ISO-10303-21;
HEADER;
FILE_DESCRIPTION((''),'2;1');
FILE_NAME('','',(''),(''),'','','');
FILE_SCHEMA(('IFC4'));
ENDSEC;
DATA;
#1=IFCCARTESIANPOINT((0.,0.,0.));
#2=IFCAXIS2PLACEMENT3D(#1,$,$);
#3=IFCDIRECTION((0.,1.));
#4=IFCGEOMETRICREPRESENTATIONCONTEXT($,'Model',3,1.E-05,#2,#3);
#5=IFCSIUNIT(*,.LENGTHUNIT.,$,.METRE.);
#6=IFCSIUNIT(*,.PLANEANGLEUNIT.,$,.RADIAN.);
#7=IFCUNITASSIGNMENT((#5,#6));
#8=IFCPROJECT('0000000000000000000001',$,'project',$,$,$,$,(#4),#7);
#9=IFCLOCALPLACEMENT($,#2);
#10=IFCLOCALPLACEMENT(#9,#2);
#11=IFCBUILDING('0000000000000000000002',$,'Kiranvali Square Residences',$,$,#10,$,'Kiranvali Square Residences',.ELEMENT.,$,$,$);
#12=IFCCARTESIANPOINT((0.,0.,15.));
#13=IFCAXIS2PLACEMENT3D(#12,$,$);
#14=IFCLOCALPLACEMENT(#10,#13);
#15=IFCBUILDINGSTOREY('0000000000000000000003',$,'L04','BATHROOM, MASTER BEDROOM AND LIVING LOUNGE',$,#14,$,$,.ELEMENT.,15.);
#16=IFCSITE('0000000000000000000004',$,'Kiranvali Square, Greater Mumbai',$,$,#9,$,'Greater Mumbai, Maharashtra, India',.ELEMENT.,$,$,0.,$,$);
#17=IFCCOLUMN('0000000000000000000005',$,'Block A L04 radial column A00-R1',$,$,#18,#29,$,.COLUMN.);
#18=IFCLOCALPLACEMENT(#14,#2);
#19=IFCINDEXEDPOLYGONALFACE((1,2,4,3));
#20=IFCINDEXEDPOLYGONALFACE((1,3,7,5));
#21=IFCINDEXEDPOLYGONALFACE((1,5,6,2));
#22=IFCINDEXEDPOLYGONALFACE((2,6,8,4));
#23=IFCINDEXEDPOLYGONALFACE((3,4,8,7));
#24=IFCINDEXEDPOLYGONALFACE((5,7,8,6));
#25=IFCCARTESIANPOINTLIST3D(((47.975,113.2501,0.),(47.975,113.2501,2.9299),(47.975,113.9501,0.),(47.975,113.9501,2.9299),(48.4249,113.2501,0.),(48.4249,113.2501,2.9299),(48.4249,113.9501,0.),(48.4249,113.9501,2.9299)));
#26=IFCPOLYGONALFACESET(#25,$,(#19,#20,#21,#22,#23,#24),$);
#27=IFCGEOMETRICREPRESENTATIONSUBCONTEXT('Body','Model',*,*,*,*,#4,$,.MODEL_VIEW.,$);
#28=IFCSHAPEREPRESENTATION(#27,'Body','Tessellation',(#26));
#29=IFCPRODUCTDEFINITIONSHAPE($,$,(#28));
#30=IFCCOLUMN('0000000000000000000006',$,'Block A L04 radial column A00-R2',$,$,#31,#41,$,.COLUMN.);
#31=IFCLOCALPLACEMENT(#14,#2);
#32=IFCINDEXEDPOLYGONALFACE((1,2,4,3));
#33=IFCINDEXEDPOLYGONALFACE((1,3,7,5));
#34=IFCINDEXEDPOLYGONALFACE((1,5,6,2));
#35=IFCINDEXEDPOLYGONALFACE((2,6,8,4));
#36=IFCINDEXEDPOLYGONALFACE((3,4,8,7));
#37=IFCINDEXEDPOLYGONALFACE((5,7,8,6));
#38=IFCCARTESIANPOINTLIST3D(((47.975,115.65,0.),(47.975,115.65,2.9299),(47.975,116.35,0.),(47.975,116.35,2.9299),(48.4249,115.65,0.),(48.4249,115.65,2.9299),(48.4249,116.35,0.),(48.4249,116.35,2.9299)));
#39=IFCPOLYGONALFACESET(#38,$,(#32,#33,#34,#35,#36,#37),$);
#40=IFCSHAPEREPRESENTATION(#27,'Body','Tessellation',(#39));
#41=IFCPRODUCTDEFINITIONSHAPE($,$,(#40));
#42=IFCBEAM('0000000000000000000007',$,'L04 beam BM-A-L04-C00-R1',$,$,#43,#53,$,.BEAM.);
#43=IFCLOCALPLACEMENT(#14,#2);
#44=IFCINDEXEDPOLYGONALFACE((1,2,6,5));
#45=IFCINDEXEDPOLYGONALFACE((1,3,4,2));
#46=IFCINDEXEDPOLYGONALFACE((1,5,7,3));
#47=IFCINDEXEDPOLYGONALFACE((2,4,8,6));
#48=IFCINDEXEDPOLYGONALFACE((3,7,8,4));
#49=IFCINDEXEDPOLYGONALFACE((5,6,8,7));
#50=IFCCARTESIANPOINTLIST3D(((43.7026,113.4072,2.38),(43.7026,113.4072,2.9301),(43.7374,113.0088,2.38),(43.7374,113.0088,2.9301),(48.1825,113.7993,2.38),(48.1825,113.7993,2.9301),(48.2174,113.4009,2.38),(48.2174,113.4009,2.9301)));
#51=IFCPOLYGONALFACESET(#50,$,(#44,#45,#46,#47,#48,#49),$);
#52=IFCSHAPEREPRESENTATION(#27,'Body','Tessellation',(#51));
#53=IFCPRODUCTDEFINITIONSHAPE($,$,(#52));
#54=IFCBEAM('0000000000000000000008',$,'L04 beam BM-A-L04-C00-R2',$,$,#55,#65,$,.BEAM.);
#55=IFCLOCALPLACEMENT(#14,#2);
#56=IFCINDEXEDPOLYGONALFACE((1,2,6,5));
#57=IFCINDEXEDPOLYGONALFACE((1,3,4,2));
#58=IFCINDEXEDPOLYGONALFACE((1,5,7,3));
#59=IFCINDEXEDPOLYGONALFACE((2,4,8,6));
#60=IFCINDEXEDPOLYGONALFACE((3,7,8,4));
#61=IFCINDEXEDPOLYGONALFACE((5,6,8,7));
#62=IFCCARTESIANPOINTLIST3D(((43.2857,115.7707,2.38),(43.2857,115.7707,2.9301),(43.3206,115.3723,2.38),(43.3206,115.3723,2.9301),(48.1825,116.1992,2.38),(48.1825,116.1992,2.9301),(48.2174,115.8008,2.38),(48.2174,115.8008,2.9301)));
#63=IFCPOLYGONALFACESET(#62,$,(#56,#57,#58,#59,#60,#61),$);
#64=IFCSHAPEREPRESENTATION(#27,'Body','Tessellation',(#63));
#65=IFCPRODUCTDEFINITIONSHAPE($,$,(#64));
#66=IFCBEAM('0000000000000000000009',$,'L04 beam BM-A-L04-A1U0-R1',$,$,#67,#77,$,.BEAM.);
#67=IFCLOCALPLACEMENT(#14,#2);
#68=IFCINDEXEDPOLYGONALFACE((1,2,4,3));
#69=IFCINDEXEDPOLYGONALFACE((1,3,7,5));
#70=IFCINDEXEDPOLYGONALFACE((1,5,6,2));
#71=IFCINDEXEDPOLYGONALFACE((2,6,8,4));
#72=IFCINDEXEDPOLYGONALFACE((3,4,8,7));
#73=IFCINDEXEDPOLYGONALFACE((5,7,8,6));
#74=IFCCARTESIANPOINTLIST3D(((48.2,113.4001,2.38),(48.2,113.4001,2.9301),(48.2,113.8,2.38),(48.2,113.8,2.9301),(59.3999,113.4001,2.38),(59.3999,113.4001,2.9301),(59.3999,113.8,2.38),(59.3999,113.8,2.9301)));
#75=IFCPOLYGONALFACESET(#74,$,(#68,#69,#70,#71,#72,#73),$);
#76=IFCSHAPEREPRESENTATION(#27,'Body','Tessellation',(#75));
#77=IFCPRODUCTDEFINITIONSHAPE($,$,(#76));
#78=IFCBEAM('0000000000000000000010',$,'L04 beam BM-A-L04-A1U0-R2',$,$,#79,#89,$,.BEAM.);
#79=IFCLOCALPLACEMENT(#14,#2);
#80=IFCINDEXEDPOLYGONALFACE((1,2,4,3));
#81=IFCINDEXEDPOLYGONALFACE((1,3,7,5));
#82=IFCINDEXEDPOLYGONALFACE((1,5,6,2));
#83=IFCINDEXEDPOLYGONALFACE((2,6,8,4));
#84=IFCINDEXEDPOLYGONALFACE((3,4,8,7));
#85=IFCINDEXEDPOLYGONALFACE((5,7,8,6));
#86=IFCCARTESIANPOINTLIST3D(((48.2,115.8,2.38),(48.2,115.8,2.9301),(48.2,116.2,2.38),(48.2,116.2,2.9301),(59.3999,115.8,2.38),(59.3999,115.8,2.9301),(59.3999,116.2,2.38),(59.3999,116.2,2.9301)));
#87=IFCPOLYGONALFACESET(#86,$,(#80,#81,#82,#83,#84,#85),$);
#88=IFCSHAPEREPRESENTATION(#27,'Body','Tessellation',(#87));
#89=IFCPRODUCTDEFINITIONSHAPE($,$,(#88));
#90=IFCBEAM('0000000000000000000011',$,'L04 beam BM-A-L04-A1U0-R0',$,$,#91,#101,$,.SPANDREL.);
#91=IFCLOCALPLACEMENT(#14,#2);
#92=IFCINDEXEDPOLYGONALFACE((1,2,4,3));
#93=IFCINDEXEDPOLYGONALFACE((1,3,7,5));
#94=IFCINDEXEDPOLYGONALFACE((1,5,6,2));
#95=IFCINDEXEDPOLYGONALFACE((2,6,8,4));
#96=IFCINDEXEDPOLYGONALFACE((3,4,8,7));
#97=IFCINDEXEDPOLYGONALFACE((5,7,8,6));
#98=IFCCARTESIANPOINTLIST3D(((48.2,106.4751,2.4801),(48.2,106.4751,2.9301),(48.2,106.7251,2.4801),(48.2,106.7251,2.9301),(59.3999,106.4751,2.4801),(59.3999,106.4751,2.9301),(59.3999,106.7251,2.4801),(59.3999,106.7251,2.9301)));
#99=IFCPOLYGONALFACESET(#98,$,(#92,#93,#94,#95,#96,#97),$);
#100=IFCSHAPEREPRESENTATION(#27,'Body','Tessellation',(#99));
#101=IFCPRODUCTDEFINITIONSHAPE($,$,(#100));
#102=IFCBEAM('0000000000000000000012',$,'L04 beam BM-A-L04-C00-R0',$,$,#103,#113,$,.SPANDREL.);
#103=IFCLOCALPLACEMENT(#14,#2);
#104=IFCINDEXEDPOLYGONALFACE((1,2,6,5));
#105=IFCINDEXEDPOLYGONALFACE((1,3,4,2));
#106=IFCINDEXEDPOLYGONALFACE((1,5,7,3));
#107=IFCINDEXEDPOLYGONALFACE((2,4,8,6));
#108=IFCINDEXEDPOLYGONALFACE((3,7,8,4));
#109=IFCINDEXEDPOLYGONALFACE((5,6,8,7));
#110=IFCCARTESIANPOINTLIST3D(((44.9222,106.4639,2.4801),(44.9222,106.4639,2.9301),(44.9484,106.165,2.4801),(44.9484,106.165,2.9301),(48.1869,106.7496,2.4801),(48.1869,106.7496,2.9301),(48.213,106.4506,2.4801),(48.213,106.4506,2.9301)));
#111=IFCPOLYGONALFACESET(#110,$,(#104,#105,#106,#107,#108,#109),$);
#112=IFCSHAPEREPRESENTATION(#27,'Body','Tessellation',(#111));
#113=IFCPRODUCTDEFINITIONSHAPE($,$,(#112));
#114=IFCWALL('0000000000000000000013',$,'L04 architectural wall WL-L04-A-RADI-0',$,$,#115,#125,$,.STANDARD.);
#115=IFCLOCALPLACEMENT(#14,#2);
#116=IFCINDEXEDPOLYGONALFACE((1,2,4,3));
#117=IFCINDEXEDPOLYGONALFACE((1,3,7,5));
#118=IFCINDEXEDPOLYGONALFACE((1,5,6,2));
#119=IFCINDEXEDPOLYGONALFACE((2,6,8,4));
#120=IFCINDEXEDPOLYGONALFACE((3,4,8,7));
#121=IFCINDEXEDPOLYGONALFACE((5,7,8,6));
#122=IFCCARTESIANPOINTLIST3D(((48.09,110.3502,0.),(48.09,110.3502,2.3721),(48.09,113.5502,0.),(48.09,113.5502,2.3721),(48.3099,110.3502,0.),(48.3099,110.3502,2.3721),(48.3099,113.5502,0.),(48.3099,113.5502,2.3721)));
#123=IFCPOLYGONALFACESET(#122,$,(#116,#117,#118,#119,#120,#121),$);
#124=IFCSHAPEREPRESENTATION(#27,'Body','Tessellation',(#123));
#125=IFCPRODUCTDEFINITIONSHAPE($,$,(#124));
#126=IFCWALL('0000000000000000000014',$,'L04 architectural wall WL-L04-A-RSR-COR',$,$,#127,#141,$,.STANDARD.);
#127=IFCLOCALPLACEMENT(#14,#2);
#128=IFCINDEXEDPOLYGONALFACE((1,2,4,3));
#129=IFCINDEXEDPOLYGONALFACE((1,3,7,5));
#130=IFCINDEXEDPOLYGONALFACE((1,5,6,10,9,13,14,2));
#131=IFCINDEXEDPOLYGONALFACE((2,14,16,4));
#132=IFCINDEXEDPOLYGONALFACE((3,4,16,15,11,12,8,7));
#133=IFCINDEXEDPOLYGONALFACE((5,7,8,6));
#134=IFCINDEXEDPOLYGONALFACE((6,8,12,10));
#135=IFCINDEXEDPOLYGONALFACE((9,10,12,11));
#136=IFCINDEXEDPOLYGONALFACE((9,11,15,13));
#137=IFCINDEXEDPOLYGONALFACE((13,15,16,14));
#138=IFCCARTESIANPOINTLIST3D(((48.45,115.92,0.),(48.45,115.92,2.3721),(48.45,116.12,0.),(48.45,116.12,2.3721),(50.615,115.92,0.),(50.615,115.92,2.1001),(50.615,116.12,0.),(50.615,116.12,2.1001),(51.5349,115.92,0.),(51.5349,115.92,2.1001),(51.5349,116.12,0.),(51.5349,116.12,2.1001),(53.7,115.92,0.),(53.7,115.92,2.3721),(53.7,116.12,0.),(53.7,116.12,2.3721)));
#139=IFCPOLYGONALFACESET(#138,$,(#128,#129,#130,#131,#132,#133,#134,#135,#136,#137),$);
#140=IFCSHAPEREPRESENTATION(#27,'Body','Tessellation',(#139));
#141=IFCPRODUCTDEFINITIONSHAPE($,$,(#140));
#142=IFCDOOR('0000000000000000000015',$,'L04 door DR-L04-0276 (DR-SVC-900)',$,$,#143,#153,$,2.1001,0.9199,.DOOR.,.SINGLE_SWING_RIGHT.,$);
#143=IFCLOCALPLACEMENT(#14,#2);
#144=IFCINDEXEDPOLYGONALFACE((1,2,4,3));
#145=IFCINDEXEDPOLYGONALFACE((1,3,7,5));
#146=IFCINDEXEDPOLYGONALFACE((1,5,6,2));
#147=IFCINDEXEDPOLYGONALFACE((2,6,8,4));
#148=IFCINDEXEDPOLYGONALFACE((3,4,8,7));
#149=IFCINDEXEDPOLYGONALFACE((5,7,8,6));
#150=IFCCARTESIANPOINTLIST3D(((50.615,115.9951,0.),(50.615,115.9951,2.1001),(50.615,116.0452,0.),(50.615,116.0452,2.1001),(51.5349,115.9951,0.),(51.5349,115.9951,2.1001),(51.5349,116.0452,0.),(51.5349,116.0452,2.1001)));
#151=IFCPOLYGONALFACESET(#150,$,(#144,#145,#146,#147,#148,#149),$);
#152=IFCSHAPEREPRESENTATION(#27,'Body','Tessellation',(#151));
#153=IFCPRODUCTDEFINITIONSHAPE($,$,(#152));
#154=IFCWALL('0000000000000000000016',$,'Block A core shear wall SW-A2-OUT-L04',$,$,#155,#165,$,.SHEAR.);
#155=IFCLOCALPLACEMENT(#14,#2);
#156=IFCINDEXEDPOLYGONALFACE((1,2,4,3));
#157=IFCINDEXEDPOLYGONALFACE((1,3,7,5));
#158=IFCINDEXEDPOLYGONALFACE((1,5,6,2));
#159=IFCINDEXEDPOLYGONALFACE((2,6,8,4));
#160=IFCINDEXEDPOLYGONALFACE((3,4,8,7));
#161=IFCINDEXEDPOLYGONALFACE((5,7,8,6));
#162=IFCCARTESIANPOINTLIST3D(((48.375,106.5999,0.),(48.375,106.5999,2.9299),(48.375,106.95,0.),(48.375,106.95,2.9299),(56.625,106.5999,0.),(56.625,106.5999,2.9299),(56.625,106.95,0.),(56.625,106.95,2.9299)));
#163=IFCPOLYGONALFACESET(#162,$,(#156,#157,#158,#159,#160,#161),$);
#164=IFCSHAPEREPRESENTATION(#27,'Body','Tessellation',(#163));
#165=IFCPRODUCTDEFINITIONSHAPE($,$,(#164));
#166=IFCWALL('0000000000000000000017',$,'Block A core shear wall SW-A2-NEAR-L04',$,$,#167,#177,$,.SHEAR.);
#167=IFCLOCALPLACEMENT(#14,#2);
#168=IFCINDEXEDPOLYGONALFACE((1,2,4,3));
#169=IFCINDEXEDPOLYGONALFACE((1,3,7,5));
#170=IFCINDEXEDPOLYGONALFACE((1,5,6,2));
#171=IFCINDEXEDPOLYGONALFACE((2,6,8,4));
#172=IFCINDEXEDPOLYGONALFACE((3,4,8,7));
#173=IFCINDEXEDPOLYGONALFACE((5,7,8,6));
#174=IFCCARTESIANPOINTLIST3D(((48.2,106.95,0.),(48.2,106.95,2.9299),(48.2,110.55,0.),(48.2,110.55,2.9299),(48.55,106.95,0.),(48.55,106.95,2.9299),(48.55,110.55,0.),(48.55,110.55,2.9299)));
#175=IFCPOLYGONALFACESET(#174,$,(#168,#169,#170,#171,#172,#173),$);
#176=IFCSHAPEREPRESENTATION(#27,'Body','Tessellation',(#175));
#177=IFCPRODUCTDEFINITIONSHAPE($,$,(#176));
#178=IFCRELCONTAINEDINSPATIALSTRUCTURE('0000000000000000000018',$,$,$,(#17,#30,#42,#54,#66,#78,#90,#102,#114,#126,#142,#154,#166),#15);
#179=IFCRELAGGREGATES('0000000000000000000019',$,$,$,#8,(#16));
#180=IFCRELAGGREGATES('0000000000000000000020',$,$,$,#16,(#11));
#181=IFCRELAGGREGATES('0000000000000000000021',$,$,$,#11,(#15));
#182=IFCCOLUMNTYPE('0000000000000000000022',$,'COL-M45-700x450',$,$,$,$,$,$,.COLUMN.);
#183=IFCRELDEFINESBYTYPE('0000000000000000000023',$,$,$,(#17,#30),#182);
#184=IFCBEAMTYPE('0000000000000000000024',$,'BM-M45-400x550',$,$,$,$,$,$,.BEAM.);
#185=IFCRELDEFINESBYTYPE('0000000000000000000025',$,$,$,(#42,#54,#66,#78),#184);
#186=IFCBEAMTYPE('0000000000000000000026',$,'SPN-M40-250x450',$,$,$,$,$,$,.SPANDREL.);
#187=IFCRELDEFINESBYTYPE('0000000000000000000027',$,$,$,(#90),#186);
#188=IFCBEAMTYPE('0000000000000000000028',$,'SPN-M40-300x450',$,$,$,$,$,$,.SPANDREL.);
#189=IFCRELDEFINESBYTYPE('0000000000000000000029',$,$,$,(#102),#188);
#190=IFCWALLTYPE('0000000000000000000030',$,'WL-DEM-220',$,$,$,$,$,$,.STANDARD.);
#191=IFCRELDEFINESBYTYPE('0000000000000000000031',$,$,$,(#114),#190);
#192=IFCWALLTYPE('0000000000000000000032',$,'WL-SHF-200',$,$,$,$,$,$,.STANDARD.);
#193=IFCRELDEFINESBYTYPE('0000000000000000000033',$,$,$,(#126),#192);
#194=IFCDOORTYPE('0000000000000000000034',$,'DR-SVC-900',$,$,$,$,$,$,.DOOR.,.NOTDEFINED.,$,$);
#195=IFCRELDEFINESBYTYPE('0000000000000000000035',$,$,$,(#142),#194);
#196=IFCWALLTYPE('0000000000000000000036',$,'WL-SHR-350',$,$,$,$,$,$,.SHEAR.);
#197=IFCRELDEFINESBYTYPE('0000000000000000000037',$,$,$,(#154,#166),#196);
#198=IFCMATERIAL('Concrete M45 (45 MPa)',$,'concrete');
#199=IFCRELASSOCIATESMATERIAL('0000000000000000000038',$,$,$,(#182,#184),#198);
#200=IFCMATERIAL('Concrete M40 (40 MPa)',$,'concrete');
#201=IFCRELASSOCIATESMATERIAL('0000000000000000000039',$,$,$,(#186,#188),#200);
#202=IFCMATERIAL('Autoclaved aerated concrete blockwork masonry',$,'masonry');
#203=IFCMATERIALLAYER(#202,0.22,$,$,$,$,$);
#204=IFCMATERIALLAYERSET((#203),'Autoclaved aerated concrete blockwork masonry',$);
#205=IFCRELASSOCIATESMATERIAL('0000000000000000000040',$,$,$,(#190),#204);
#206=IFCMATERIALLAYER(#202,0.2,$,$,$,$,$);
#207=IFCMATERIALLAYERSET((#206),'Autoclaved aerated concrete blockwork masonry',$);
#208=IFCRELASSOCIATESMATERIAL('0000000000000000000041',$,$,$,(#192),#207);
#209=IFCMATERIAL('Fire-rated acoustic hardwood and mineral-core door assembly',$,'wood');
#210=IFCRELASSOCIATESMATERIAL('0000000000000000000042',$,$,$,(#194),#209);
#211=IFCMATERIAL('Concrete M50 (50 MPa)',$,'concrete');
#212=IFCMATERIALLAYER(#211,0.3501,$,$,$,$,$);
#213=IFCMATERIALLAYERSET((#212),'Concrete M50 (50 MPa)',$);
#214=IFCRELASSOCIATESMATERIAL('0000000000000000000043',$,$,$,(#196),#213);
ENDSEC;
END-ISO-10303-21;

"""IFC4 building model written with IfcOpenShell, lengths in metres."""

from ifc_helpers import new_model, si_unit, direction, frame, frame_2d, origin, origin_2d, place, context, subcontext, project, spatial, rectangle, extrude, material, layer, layer_set, material_profile, profile_set, type_object, element, fill, save


model = new_model("IFC4")

# Units and contexts
model_context = context("Model", 3, precision=1e-05, world=origin(), true_north=direction((0.0, 1.0)))
body_context = subcontext(model_context, "Body", "Model", "MODEL_VIEW")
ifc_project = project(units=[si_unit("LENGTHUNIT", "METRE"), si_unit("PLANEANGLEUNIT", "RADIAN")], contexts=[model_context])

# Site, building, storey
site_placement = place(None, origin())
site = spatial("IfcSite", under=ifc_project, at=site_placement, Name="Kiranvali Square, Greater Mumbai", LongName="Greater Mumbai, Maharashtra, India", CompositionType="ELEMENT", RefElevation=0.0)
building_placement = place(site_placement, origin())
building = spatial("IfcBuilding", under=site, at=building_placement, Name="Kiranvali Square Residences", LongName="Kiranvali Square Residences", CompositionType="ELEMENT")
storey_placement = place(building_placement, frame((0.0, 0.0, 15.0)))
storey = spatial("IfcBuildingStorey", under=building, at=storey_placement, Name="L04", Description="BATHROOM, MASTER BEDROOM AND LIVING LOUNGE", CompositionType="ELEMENT", Elevation=15.0)

# Columns
ifc_material_1 = material(Name="Concrete M45 (45 MPa)", Category="concrete")
ifc_material_profile_1 = material_profile(ifc_material_1, rectangle(XDim=0.45, YDim=0.7, at=origin_2d()), Name="RC 700x450")
ifc_profile_set_1 = profile_set([ifc_material_profile_1], Name="Concrete M45 (45 MPa)")
column_type = type_object("IfcColumnType", Name="COL-M45-700x450", PredefinedType="COLUMN", material=ifc_profile_set_1)
for number, where, z_axis, x_axis, name in (
    (1, (48.2, 113.6001, 0.0), (0.0, 0.0, 1.0), (1.0, 0.0, 0.0), "Block A L04 radial column A00-R1"),
    (2, (48.2, 116.0, 0.0), (0.0, 0.0, 1.0), (1.0, 0.0, 0.0), "Block A L04 radial column A00-R2"),
):
    element("IfcColumn", number, at=place(storey_placement, frame(where, z_axis=z_axis, x_axis=x_axis)), inside=storey, type_object=column_type, Name=name, PredefinedType="COLUMN", context=body_context, shape_type="SweptSolid", body=[
        extrude(rectangle(XDim=0.45, YDim=0.7, at=origin_2d()), origin(), (0.0, 0.0, 1.0), 2.9299),
    ])

# Beams
ifc_material_profile_2 = material_profile(ifc_material_1, rectangle(XDim=0.3999, YDim=0.55, at=origin_2d()), Name="RC 400x550")
ifc_profile_set_2 = profile_set([ifc_material_profile_2], Name="Concrete M45 (45 MPa)")
beam_type_1 = type_object("IfcBeamType", Name="BM-M45-400x550", PredefinedType="BEAM", material=ifc_profile_set_2)
beam_1_placement = place(storey_placement, frame((48.2, 113.6001, 2.655), z_axis=(-0.996192, -0.087187, 0.0), x_axis=(0.087187, -0.996192, 0.0)))
element("IfcBeam", 3, at=beam_1_placement, inside=storey, type_object=beam_type_1, Name="L04 beam BM-A-L04-C00-R1", PredefinedType="BEAM", context=body_context, shape_type="SweptSolid", body=[
    extrude(rectangle(XDim=0.3999, YDim=0.55, at=origin_2d()), origin(), (0.0, 0.0, 1.0), 4.4971),
])
beam_2_placement = place(storey_placement, frame((48.2, 116.0, 2.655), z_axis=(-0.996194, -0.087168, 0.0), x_axis=(0.087168, -0.996194, 0.0)))
element("IfcBeam", 4, at=beam_2_placement, inside=storey, type_object=beam_type_1, Name="L04 beam BM-A-L04-C00-R2", PredefinedType="BEAM", context=body_context, shape_type="SweptSolid", body=[
    extrude(rectangle(XDim=0.3999, YDim=0.55, at=origin_2d()), origin(), (0.0, 0.0, 1.0), 4.9155),
])
for number, where, z_axis, x_axis, name in (
    (5, (48.2, 113.6001, 2.655), (1.0, 0.0, 0.0), (0.0, 1.0, 0.0), "L04 beam BM-A-L04-A1U0-R1"),
    (6, (48.2, 116.0, 2.655), (1.0, 0.0, 0.0), (0.0, 1.0, 0.0), "L04 beam BM-A-L04-A1U0-R2"),
):
    element("IfcBeam", number, at=place(storey_placement, frame(where, z_axis=z_axis, x_axis=x_axis)), inside=storey, type_object=beam_type_1, Name=name, PredefinedType="BEAM", context=body_context, shape_type="SweptSolid", body=[
        extrude(rectangle(XDim=0.3999, YDim=0.55, at=origin_2d()), origin(), (0.0, 0.0, 1.0), 11.2),
    ])
ifc_material_2 = material(Name="Concrete M40 (40 MPa)", Category="concrete")
ifc_material_profile_3 = material_profile(ifc_material_2, rectangle(XDim=0.25, YDim=0.45, at=origin_2d()), Name="RC 250x450")
ifc_profile_set_3 = profile_set([ifc_material_profile_3], Name="Concrete M40 (40 MPa)")
beam_type_2 = type_object("IfcBeamType", Name="SPN-M40-250x450", PredefinedType="SPANDREL", material=ifc_profile_set_3)
beam_3_placement = place(storey_placement, frame((48.2, 106.6001, 2.7051), z_axis=(1.0, 0.0, 0.0), x_axis=(0.0, 1.0, 0.0)))
element("IfcBeam", 7, at=beam_3_placement, inside=storey, type_object=beam_type_2, Name="L04 beam BM-A-L04-A1U0-R0", PredefinedType="SPANDREL", context=body_context, shape_type="SweptSolid", body=[
    extrude(rectangle(XDim=0.25, YDim=0.45, at=origin_2d()), origin(), (0.0, 0.0, 1.0), 11.2),
])
ifc_material_profile_4 = material_profile(ifc_material_2, rectangle(XDim=0.3, YDim=0.45, at=origin_2d()), Name="RC 300x450")
ifc_profile_set_4 = profile_set([ifc_material_profile_4], Name="Concrete M40 (40 MPa)")
beam_type_3 = type_object("IfcBeamType", Name="SPN-M40-300x450", PredefinedType="SPANDREL", material=ifc_profile_set_4)
beam_4_placement = place(storey_placement, frame((48.2, 106.6001, 2.7051), z_axis=(-0.996194, -0.087163, 0.0), x_axis=(0.087163, -0.996194, 0.0)))
element("IfcBeam", 8, at=beam_4_placement, inside=storey, type_object=beam_type_3, Name="L04 beam BM-A-L04-C00-R0", PredefinedType="SPANDREL", context=body_context, shape_type="SweptSolid", body=[
    extrude(rectangle(XDim=0.3, YDim=0.45, at=origin_2d()), origin(), (0.0, 0.0, 1.0), 3.2771),
])

# Shared definitions
ifc_material_3 = material(Name="Autoclaved aerated concrete blockwork masonry", Category="masonry")
ifc_material_4 = material(Name="Fire-rated acoustic hardwood and mineral-core door assembly", Category="wood")

# Wall
ifc_layer_1 = layer(ifc_material_3, 0.22)
ifc_layer_set_1 = layer_set([ifc_layer_1], Name="Autoclaved aerated concrete blockwork masonry")
wall_type_1 = type_object("IfcWallType", Name="WL-DEM-220", PredefinedType="STANDARD", material=ifc_layer_set_1)
wall_1_placement = place(storey_placement, frame((48.2, 110.3501, 0.0), z_axis=(0.0, 0.0, 1.0), x_axis=(0.0, 1.0, 0.0)))
element("IfcWall", 9, at=wall_1_placement, inside=storey, type_object=wall_type_1, Name="L04 architectural wall WL-L04-A-RADI-0", PredefinedType="STANDARD", context=body_context, shape_type="SweptSolid", body=[
    extrude(rectangle(XDim=3.2, YDim=0.22, at=frame_2d((1.6001, 0.0))), origin(), (0.0, 0.0, 1.0), 2.3721),
])

# Wall, opening, door
ifc_layer_2 = layer(ifc_material_3, 0.2)
ifc_layer_set_2 = layer_set([ifc_layer_2], Name="Autoclaved aerated concrete blockwork masonry")
wall_type_2 = type_object("IfcWallType", Name="WL-SHF-200", PredefinedType="STANDARD", material=ifc_layer_set_2)
wall_2_placement = place(storey_placement, frame((48.45, 116.02, 0.0), z_axis=(0.0, 0.0, 1.0), x_axis=(1.0, 0.0, 0.0)))
wall_2 = element("IfcWall", 10, at=wall_2_placement, inside=storey, type_object=wall_type_2, Name="L04 architectural wall WL-L04-A-RSR-COR", PredefinedType="STANDARD", context=body_context, shape_type="SweptSolid", body=[
    extrude(rectangle(XDim=5.25, YDim=0.2, at=frame_2d((2.625, 0.0))), origin(), (0.0, 0.0, 1.0), 2.3721),
])
opening_1_placement = place(wall_2_placement, frame((2.165, 0.0, 0.0)))
opening_1 = element("IfcOpeningElement", 11, at=opening_1_placement, cuts=wall_2, PredefinedType="OPENING", context=body_context, shape_type="SweptSolid", body=[
    extrude(rectangle(XDim=0.9199, YDim=2.1001, at=frame_2d((0.46, 1.05))), frame((0.0, 0.1099, 0.0), z_axis=(0.0, -1.0, 0.0), x_axis=(1.0, 0.0, 0.0)), (0.0, 0.0, 1.0), 0.22),
])
door_type_1 = type_object("IfcDoorType", Name="DR-SVC-900", OperationType="NOTDEFINED", PredefinedType="DOOR", material=ifc_material_4)
door_1_placement = place(opening_1_placement, frame((0.9199, 0.0, 0.0), z_axis=(0.0, 0.0, 1.0), x_axis=(-1.0, 0.0, 0.0)))
door_1 = element("IfcDoor", 12, at=door_1_placement, inside=storey, type_object=door_type_1, Name="L04 door DR-L04-0276 (DR-SVC-900)", OperationType="SINGLE_SWING_RIGHT", OverallHeight=2.1001, OverallWidth=0.9199, PredefinedType="DOOR", context=body_context, shape_type="SweptSolid", body=[
    extrude(rectangle(XDim=0.9199, YDim=2.1001, at=frame_2d((0.46, 1.05))), frame((0.0, 0.0249, 0.0), z_axis=(0.0, -1.0, 0.0), x_axis=(1.0, 0.0, 0.0)), (0.0, 0.0, 1.0), 0.05),
])
fill(opening_1, door_1)

# Wall
ifc_material_5 = material(Name="Concrete M50 (50 MPa)", Category="concrete")
ifc_layer_3 = layer(ifc_material_5, 0.3501)
ifc_layer_set_3 = layer_set([ifc_layer_3], Name="Concrete M50 (50 MPa)")
wall_type_3 = type_object("IfcWallType", Name="WL-SHR-350", PredefinedType="SHEAR", material=ifc_layer_set_3)
wall_3_placement = place(storey_placement, frame((48.375, 106.7749, 0.0), z_axis=(0.0, 0.0, 1.0), x_axis=(1.0, 0.0, 0.0)))
element("IfcWall", 13, at=wall_3_placement, inside=storey, type_object=wall_type_3, Name="Block A core shear wall SW-A2-OUT-L04", PredefinedType="SHEAR", context=body_context, shape_type="SweptSolid", body=[
    extrude(rectangle(XDim=8.25, YDim=0.3501, at=frame_2d((4.125, 0.0))), origin(), (0.0, 0.0, 1.0), 2.9299),
])

# Wall
wall_4_placement = place(storey_placement, frame((48.375, 106.95, 0.0), z_axis=(0.0, 0.0, 1.0), x_axis=(0.0, 1.0, 0.0)))
element("IfcWall", 14, at=wall_4_placement, inside=storey, type_object=wall_type_3, Name="Block A core shear wall SW-A2-NEAR-L04", PredefinedType="SHEAR", context=body_context, shape_type="SweptSolid", body=[
    extrude(rectangle(XDim=3.6001, YDim=0.3501, at=frame_2d((1.8, 0.0))), origin(), (0.0, 0.0, 1.0), 2.9299),
])

save(model, "model.ifc")
